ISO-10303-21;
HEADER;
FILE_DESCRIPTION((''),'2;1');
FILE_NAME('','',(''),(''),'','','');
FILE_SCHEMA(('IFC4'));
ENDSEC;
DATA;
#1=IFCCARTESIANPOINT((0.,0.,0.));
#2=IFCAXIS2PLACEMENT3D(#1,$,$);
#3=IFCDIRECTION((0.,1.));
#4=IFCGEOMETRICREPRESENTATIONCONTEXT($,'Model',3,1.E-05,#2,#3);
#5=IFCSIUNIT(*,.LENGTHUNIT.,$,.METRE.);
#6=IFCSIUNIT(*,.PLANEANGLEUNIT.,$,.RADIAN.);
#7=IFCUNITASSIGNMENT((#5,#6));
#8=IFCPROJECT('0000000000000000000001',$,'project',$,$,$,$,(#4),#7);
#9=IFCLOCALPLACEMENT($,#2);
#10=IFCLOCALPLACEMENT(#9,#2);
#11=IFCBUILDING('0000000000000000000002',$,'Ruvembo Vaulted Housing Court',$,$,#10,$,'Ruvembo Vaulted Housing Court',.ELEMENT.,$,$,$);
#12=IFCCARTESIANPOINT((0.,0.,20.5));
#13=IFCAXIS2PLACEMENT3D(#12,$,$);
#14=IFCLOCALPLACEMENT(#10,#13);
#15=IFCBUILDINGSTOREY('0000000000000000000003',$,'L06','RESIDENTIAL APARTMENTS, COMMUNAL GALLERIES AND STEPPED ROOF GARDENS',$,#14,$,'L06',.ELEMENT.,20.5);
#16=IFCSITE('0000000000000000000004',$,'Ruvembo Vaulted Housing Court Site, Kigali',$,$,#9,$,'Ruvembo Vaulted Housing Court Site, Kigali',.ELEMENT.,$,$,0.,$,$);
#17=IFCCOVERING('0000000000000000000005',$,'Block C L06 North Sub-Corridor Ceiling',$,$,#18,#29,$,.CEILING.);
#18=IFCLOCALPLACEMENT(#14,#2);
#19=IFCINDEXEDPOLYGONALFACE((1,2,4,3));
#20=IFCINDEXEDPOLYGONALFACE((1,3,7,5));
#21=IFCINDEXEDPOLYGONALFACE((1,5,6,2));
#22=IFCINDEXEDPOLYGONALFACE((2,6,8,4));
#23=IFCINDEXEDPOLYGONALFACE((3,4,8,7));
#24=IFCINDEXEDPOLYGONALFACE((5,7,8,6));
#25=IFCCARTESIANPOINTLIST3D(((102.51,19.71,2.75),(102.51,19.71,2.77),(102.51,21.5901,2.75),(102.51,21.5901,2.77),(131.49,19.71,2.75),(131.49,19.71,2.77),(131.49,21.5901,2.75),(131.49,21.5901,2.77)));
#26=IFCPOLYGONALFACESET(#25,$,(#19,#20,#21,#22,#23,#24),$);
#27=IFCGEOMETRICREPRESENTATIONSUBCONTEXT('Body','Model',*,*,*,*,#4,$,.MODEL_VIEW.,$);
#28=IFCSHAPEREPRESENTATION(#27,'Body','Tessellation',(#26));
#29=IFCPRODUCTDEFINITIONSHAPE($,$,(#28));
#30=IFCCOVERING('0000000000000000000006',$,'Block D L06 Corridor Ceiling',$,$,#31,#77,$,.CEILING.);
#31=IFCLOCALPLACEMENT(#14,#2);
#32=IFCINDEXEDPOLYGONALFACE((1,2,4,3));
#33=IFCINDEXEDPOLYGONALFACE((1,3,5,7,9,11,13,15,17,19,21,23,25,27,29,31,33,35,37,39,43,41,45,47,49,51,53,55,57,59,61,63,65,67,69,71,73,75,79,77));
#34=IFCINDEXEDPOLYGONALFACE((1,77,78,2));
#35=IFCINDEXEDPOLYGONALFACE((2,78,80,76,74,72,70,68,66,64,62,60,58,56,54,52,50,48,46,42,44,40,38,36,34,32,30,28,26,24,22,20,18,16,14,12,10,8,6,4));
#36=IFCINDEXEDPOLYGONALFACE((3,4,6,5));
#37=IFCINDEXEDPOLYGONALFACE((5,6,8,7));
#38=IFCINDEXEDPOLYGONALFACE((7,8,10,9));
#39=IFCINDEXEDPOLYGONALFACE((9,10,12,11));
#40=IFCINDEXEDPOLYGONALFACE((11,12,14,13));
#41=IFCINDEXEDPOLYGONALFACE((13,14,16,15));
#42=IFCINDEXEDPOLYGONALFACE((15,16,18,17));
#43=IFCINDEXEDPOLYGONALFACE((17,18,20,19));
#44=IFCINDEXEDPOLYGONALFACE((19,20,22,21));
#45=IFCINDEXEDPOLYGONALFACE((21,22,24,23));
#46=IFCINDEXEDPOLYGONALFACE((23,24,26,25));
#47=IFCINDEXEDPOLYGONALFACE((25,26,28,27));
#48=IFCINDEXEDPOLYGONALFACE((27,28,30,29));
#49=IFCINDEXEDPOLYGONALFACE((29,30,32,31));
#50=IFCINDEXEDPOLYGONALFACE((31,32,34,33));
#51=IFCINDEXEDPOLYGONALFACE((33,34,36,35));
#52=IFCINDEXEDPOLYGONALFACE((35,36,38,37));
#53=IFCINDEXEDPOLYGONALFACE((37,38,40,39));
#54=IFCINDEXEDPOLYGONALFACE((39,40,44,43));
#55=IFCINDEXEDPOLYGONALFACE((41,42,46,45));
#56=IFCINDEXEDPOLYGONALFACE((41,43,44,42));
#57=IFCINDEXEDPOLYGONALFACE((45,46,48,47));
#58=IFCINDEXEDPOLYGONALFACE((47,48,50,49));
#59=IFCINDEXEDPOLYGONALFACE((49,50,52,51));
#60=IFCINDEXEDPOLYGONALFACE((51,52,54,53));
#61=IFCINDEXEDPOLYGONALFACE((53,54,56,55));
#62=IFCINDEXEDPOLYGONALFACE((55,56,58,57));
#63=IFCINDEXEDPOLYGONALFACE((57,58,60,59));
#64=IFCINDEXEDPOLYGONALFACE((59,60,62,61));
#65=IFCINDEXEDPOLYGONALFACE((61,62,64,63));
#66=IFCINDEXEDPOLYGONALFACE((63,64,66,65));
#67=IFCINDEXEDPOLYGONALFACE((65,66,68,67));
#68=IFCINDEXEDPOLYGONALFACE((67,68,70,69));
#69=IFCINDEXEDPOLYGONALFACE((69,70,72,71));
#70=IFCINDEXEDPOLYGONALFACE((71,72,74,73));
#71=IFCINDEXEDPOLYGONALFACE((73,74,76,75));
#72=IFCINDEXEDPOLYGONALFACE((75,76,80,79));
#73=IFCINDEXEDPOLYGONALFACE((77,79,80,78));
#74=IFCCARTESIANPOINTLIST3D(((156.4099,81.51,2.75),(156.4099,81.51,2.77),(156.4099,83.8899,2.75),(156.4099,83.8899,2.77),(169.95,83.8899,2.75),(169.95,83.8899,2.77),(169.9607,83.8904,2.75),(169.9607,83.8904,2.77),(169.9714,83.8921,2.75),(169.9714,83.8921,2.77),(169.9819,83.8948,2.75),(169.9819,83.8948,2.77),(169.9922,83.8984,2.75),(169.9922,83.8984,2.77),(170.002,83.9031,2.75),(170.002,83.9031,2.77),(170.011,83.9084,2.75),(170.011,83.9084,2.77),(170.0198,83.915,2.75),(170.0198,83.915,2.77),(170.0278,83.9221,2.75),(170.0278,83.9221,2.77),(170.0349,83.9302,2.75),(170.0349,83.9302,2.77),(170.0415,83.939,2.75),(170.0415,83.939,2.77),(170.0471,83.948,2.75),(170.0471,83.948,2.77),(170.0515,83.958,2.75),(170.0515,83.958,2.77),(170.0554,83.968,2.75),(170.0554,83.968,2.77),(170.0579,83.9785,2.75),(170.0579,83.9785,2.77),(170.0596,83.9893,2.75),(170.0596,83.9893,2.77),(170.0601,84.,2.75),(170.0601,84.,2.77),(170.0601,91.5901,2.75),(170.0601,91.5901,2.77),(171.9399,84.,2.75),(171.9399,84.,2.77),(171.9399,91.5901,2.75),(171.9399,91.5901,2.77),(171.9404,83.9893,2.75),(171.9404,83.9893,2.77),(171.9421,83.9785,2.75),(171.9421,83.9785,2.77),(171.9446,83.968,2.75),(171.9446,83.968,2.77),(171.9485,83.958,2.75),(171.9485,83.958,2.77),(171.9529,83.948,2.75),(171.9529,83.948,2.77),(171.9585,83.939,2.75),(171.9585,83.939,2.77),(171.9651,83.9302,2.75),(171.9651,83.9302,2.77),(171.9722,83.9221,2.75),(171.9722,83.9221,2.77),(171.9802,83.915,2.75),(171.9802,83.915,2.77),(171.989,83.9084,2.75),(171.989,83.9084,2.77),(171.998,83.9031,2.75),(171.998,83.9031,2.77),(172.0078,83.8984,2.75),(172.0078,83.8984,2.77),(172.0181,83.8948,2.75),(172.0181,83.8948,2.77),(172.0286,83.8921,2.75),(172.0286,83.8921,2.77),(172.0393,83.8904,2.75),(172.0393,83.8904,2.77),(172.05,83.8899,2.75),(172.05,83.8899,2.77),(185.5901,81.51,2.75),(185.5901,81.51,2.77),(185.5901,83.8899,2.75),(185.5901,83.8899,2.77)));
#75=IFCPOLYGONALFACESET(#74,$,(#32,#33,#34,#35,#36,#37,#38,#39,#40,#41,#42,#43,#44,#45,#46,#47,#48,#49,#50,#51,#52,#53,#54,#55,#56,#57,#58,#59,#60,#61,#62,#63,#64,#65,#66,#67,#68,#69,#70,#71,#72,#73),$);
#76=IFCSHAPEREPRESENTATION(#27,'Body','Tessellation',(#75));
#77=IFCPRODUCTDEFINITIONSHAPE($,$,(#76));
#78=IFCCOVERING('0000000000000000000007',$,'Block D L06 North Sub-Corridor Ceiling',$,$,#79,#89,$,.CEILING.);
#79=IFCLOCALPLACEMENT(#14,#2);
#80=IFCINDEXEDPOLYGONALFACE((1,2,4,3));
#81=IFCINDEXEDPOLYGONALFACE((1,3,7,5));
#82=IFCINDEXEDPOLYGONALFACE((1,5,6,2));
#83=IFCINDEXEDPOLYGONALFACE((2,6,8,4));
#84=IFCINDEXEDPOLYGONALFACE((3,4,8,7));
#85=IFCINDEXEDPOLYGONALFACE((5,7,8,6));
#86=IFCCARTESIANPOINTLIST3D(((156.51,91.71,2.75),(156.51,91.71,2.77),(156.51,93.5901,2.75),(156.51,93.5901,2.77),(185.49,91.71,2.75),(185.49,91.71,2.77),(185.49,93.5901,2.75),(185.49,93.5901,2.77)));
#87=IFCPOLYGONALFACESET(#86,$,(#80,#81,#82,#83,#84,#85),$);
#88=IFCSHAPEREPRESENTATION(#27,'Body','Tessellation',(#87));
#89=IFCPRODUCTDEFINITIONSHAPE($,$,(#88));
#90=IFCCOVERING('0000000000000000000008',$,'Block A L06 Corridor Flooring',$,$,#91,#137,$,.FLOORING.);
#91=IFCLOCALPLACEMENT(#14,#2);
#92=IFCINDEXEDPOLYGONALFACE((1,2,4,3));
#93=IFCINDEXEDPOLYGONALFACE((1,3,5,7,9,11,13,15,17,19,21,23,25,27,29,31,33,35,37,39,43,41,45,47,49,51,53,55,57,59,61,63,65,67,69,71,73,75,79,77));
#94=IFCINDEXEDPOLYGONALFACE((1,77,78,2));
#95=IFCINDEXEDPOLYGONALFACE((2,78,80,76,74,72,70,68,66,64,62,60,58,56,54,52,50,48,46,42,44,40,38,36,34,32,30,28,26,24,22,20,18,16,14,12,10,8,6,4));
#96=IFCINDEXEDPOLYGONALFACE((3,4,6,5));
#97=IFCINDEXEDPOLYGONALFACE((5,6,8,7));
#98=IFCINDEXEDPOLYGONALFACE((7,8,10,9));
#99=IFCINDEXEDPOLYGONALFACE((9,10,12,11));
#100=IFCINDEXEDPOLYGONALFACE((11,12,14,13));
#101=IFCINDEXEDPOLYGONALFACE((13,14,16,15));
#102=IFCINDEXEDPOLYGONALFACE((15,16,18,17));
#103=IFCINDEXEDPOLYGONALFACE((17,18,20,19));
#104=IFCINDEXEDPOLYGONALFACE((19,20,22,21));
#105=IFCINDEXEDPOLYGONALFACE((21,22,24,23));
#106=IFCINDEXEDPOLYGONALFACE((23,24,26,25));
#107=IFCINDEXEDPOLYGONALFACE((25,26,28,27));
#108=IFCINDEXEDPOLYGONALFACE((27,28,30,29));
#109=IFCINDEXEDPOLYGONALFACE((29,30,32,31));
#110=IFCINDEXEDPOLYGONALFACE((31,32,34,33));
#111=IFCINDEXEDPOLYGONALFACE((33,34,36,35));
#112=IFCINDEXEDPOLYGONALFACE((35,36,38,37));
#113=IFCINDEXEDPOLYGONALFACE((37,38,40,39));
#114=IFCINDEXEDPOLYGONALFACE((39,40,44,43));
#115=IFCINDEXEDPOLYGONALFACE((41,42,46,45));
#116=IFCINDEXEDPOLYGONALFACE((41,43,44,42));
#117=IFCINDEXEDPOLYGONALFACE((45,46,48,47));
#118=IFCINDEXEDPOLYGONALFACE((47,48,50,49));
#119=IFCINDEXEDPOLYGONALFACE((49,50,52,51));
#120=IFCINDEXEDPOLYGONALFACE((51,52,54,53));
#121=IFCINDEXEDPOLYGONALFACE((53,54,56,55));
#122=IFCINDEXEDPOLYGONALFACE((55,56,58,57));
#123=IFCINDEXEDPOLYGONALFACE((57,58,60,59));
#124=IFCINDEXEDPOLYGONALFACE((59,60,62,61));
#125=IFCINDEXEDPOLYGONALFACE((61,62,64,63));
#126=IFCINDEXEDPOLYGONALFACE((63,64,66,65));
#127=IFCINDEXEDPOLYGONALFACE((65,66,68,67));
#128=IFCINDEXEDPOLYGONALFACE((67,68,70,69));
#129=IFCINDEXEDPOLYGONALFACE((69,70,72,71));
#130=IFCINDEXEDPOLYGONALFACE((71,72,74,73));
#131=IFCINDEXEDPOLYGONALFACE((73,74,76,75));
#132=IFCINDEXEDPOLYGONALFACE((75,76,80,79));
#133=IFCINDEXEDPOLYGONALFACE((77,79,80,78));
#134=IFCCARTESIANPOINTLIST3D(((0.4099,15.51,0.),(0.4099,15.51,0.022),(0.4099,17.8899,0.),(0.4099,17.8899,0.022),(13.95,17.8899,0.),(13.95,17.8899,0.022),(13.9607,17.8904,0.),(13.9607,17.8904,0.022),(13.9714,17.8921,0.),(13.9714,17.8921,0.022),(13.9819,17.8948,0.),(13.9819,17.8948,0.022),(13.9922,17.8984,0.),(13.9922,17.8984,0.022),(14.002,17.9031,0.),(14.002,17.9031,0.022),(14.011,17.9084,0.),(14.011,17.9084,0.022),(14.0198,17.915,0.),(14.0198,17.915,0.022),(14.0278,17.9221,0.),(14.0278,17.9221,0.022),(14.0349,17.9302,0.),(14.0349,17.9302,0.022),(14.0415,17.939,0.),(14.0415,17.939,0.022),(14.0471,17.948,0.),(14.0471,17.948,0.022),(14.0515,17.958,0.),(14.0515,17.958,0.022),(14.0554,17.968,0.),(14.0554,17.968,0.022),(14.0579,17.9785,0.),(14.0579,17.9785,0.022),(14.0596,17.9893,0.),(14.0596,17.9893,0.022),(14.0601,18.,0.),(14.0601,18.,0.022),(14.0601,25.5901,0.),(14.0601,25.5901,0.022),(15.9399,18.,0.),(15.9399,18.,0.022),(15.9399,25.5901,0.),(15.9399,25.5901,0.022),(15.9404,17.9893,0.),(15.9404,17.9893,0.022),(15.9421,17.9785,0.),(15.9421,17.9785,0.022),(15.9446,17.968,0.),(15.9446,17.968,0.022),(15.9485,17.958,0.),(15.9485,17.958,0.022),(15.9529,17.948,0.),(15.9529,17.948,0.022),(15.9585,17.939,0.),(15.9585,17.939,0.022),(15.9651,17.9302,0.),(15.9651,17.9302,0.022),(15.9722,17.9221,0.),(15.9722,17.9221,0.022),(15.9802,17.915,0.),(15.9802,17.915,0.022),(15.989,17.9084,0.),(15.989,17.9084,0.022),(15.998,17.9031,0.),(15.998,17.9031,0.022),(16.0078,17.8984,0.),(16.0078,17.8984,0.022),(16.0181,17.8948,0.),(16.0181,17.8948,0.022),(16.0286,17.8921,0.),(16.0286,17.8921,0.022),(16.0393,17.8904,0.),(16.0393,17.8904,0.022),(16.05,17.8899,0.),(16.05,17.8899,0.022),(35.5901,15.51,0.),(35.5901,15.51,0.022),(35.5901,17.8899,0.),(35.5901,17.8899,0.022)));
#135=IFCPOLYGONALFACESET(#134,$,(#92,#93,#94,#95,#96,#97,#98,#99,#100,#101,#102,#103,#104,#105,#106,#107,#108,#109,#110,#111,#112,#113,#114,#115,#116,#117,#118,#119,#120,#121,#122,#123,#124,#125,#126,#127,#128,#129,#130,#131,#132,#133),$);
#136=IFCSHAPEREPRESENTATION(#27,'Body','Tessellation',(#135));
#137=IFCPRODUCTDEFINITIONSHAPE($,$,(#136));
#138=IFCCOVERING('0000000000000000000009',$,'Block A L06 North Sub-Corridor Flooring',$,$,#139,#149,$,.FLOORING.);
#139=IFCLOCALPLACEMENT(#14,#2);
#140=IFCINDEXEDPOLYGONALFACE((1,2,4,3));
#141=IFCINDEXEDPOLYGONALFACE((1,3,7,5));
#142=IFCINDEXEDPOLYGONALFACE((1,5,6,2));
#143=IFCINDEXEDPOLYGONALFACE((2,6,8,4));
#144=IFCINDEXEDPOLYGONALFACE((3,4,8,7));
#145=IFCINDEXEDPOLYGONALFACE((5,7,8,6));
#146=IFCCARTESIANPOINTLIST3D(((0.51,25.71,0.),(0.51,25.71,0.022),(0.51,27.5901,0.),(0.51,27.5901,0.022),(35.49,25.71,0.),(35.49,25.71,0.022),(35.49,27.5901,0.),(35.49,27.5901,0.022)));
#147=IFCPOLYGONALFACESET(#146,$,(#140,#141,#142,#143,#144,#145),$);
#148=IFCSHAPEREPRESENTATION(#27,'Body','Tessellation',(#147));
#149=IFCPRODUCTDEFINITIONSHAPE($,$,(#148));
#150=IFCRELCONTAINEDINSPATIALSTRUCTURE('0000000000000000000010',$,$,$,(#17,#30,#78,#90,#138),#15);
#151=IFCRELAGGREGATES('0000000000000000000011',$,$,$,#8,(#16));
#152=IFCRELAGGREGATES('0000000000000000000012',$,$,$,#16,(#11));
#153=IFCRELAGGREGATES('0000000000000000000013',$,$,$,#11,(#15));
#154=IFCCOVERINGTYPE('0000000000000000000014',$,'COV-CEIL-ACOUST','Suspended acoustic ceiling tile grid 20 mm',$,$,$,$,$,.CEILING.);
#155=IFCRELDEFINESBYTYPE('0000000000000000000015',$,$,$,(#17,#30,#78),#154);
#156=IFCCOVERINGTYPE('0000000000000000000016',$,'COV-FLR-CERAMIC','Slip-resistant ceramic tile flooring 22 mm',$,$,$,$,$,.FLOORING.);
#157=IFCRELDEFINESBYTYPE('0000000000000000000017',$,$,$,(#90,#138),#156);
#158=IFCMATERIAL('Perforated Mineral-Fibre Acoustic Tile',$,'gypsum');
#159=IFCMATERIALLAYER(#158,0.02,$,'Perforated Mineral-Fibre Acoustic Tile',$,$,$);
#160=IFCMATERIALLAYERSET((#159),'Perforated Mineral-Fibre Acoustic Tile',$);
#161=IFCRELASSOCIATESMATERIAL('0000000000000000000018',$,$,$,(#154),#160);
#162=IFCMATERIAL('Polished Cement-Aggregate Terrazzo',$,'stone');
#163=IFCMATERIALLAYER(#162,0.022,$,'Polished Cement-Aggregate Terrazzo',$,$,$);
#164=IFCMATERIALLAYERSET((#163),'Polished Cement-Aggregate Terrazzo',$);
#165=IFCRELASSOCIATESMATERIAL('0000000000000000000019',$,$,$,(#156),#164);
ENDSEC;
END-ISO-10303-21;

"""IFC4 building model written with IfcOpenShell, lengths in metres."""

from ifc_helpers import new_model, si_unit, direction, frame, origin, place, context, subcontext, project, spatial, polyline, outline, extrude, material, layer, layer_set, type_object, element, save


model = new_model("IFC4")

# Units and contexts
model_context = context("Model", 3, precision=1e-05, world=origin(), true_north=direction((0.0, 1.0)))
body_context = subcontext(model_context, "Body", "Model", "MODEL_VIEW")
ifc_project = project(units=[si_unit("LENGTHUNIT", "METRE"), si_unit("PLANEANGLEUNIT", "RADIAN")], contexts=[model_context])

# Site, building, storey
site_placement = place(None, origin())
site = spatial("IfcSite", under=ifc_project, at=site_placement, Name="Ruvembo Vaulted Housing Court Site, Kigali", LongName="Ruvembo Vaulted Housing Court Site, Kigali", CompositionType="ELEMENT", RefElevation=0.0)
building_placement = place(site_placement, origin())
building = spatial("IfcBuilding", under=site, at=building_placement, Name="Ruvembo Vaulted Housing Court", LongName="Ruvembo Vaulted Housing Court", CompositionType="ELEMENT")
storey_placement = place(building_placement, frame((0.0, 0.0, 20.5)))
storey = spatial("IfcBuildingStorey", under=building, at=storey_placement, Name="L06", Description="RESIDENTIAL APARTMENTS, COMMUNAL GALLERIES AND STEPPED ROOF GARDENS", LongName="L06", CompositionType="ELEMENT", Elevation=20.5)

# Coverings
ifc_material_1 = material(Name="Perforated Mineral-Fibre Acoustic Tile", Category="gypsum")
ifc_layer_1 = layer(ifc_material_1, 0.02, Name="Perforated Mineral-Fibre Acoustic Tile")
ifc_layer_set_1 = layer_set([ifc_layer_1], Name="Perforated Mineral-Fibre Acoustic Tile")
covering_type_1 = type_object("IfcCoveringType", Name="COV-CEIL-ACOUST", Description="Suspended acoustic ceiling tile grid 20 mm", PredefinedType="CEILING", material=ifc_layer_set_1)
covering_1_placement = place(storey_placement, frame((0.0, 0.0, 2.75)))
element("IfcCovering", 1, at=covering_1_placement, inside=storey, type_object=covering_type_1, Name="Block C L06 North Sub-Corridor Ceiling", PredefinedType="CEILING", context=body_context, shape_type="SweptSolid", body=[
    extrude(outline(polyline([(102.51, 19.71), (131.49, 19.71), (131.49, 21.5901), (102.51, 21.5901), (102.51, 19.71)])), origin(), (0.0, 0.0, 1.0), 0.02),
])
covering_2_placement = place(storey_placement, frame((0.0, 0.0, 2.75)))
element("IfcCovering", 2, at=covering_2_placement, inside=storey, type_object=covering_type_1, Name="Block D L06 Corridor Ceiling", PredefinedType="CEILING", context=body_context, shape_type="SweptSolid", body=[
    extrude(outline(polyline([(185.5901, 81.51), (185.5901, 83.8899), (172.05, 83.8899), (172.0393, 83.8904), (172.0286, 83.8921), (172.0181, 83.8948), (172.0078, 83.8984), (171.998, 83.9031), (171.989, 83.9084), (171.9802, 83.915), (171.9722, 83.9221), (171.9651, 83.9302), (171.9585, 83.939), (171.9529, 83.948), (171.9485, 83.958), (171.9446, 83.968), (171.9421, 83.9785), (171.9404, 83.9893), (171.9399, 84.0), (171.9399, 91.5901), (170.0601, 91.5901), (170.0601, 84.0), (170.0596, 83.9893), (170.0579, 83.9785), (170.0554, 83.968), (170.0515, 83.958), (170.0471, 83.948), (170.0415, 83.939), (170.0349, 83.9302), (170.0278, 83.9221), (170.0198, 83.915), (170.011, 83.9084), (170.002, 83.9031), (169.9922, 83.8984), (169.9819, 83.8948), (169.9714, 83.8921), (169.9607, 83.8904), (169.95, 83.8899), (156.4099, 83.8899), (156.4099, 81.51), (185.5901, 81.51)])), origin(), (0.0, 0.0, 1.0), 0.02),
])
covering_3_placement = place(storey_placement, frame((0.0, 0.0, 2.75)))
element("IfcCovering", 3, at=covering_3_placement, inside=storey, type_object=covering_type_1, Name="Block D L06 North Sub-Corridor Ceiling", PredefinedType="CEILING", context=body_context, shape_type="SweptSolid", body=[
    extrude(outline(polyline([(156.51, 91.71), (185.49, 91.71), (185.49, 93.5901), (156.51, 93.5901), (156.51, 91.71)])), origin(), (0.0, 0.0, 1.0), 0.02),
])
ifc_material_2 = material(Name="Polished Cement-Aggregate Terrazzo", Category="stone")
ifc_layer_2 = layer(ifc_material_2, 0.022, Name="Polished Cement-Aggregate Terrazzo")
ifc_layer_set_2 = layer_set([ifc_layer_2], Name="Polished Cement-Aggregate Terrazzo")
covering_type_2 = type_object("IfcCoveringType", Name="COV-FLR-CERAMIC", Description="Slip-resistant ceramic tile flooring 22 mm", PredefinedType="FLOORING", material=ifc_layer_set_2)
covering_4_placement = place(storey_placement, origin())
element("IfcCovering", 4, at=covering_4_placement, inside=storey, type_object=covering_type_2, Name="Block A L06 Corridor Flooring", PredefinedType="FLOORING", context=body_context, shape_type="SweptSolid", body=[
    extrude(outline(polyline([(35.5901, 15.51), (35.5901, 17.8899), (16.05, 17.8899), (16.0393, 17.8904), (16.0286, 17.8921), (16.0181, 17.8948), (16.0078, 17.8984), (15.998, 17.9031), (15.989, 17.9084), (15.9802, 17.915), (15.9722, 17.9221), (15.9651, 17.9302), (15.9585, 17.939), (15.9529, 17.948), (15.9485, 17.958), (15.9446, 17.968), (15.9421, 17.9785), (15.9404, 17.9893), (15.9399, 18.0), (15.9399, 25.5901), (14.0601, 25.5901), (14.0601, 18.0), (14.0596, 17.9893), (14.0579, 17.9785), (14.0554, 17.968), (14.0515, 17.958), (14.0471, 17.948), (14.0415, 17.939), (14.0349, 17.9302), (14.0278, 17.9221), (14.0198, 17.915), (14.011, 17.9084), (14.002, 17.9031), (13.9922, 17.8984), (13.9819, 17.8948), (13.9714, 17.8921), (13.9607, 17.8904), (13.95, 17.8899), (0.4099, 17.8899), (0.4099, 15.51), (35.5901, 15.51)])), origin(), (0.0, 0.0, 1.0), 0.022),
])
covering_5_placement = place(storey_placement, origin())
element("IfcCovering", 5, at=covering_5_placement, inside=storey, type_object=covering_type_2, Name="Block A L06 North Sub-Corridor Flooring", PredefinedType="FLOORING", context=body_context, shape_type="SweptSolid", body=[
    extrude(outline(polyline([(0.51, 25.71), (35.49, 25.71), (35.49, 27.5901), (0.51, 27.5901), (0.51, 25.71)])), origin(), (0.0, 0.0, 1.0), 0.022),
])

save(model, "model.ifc")
